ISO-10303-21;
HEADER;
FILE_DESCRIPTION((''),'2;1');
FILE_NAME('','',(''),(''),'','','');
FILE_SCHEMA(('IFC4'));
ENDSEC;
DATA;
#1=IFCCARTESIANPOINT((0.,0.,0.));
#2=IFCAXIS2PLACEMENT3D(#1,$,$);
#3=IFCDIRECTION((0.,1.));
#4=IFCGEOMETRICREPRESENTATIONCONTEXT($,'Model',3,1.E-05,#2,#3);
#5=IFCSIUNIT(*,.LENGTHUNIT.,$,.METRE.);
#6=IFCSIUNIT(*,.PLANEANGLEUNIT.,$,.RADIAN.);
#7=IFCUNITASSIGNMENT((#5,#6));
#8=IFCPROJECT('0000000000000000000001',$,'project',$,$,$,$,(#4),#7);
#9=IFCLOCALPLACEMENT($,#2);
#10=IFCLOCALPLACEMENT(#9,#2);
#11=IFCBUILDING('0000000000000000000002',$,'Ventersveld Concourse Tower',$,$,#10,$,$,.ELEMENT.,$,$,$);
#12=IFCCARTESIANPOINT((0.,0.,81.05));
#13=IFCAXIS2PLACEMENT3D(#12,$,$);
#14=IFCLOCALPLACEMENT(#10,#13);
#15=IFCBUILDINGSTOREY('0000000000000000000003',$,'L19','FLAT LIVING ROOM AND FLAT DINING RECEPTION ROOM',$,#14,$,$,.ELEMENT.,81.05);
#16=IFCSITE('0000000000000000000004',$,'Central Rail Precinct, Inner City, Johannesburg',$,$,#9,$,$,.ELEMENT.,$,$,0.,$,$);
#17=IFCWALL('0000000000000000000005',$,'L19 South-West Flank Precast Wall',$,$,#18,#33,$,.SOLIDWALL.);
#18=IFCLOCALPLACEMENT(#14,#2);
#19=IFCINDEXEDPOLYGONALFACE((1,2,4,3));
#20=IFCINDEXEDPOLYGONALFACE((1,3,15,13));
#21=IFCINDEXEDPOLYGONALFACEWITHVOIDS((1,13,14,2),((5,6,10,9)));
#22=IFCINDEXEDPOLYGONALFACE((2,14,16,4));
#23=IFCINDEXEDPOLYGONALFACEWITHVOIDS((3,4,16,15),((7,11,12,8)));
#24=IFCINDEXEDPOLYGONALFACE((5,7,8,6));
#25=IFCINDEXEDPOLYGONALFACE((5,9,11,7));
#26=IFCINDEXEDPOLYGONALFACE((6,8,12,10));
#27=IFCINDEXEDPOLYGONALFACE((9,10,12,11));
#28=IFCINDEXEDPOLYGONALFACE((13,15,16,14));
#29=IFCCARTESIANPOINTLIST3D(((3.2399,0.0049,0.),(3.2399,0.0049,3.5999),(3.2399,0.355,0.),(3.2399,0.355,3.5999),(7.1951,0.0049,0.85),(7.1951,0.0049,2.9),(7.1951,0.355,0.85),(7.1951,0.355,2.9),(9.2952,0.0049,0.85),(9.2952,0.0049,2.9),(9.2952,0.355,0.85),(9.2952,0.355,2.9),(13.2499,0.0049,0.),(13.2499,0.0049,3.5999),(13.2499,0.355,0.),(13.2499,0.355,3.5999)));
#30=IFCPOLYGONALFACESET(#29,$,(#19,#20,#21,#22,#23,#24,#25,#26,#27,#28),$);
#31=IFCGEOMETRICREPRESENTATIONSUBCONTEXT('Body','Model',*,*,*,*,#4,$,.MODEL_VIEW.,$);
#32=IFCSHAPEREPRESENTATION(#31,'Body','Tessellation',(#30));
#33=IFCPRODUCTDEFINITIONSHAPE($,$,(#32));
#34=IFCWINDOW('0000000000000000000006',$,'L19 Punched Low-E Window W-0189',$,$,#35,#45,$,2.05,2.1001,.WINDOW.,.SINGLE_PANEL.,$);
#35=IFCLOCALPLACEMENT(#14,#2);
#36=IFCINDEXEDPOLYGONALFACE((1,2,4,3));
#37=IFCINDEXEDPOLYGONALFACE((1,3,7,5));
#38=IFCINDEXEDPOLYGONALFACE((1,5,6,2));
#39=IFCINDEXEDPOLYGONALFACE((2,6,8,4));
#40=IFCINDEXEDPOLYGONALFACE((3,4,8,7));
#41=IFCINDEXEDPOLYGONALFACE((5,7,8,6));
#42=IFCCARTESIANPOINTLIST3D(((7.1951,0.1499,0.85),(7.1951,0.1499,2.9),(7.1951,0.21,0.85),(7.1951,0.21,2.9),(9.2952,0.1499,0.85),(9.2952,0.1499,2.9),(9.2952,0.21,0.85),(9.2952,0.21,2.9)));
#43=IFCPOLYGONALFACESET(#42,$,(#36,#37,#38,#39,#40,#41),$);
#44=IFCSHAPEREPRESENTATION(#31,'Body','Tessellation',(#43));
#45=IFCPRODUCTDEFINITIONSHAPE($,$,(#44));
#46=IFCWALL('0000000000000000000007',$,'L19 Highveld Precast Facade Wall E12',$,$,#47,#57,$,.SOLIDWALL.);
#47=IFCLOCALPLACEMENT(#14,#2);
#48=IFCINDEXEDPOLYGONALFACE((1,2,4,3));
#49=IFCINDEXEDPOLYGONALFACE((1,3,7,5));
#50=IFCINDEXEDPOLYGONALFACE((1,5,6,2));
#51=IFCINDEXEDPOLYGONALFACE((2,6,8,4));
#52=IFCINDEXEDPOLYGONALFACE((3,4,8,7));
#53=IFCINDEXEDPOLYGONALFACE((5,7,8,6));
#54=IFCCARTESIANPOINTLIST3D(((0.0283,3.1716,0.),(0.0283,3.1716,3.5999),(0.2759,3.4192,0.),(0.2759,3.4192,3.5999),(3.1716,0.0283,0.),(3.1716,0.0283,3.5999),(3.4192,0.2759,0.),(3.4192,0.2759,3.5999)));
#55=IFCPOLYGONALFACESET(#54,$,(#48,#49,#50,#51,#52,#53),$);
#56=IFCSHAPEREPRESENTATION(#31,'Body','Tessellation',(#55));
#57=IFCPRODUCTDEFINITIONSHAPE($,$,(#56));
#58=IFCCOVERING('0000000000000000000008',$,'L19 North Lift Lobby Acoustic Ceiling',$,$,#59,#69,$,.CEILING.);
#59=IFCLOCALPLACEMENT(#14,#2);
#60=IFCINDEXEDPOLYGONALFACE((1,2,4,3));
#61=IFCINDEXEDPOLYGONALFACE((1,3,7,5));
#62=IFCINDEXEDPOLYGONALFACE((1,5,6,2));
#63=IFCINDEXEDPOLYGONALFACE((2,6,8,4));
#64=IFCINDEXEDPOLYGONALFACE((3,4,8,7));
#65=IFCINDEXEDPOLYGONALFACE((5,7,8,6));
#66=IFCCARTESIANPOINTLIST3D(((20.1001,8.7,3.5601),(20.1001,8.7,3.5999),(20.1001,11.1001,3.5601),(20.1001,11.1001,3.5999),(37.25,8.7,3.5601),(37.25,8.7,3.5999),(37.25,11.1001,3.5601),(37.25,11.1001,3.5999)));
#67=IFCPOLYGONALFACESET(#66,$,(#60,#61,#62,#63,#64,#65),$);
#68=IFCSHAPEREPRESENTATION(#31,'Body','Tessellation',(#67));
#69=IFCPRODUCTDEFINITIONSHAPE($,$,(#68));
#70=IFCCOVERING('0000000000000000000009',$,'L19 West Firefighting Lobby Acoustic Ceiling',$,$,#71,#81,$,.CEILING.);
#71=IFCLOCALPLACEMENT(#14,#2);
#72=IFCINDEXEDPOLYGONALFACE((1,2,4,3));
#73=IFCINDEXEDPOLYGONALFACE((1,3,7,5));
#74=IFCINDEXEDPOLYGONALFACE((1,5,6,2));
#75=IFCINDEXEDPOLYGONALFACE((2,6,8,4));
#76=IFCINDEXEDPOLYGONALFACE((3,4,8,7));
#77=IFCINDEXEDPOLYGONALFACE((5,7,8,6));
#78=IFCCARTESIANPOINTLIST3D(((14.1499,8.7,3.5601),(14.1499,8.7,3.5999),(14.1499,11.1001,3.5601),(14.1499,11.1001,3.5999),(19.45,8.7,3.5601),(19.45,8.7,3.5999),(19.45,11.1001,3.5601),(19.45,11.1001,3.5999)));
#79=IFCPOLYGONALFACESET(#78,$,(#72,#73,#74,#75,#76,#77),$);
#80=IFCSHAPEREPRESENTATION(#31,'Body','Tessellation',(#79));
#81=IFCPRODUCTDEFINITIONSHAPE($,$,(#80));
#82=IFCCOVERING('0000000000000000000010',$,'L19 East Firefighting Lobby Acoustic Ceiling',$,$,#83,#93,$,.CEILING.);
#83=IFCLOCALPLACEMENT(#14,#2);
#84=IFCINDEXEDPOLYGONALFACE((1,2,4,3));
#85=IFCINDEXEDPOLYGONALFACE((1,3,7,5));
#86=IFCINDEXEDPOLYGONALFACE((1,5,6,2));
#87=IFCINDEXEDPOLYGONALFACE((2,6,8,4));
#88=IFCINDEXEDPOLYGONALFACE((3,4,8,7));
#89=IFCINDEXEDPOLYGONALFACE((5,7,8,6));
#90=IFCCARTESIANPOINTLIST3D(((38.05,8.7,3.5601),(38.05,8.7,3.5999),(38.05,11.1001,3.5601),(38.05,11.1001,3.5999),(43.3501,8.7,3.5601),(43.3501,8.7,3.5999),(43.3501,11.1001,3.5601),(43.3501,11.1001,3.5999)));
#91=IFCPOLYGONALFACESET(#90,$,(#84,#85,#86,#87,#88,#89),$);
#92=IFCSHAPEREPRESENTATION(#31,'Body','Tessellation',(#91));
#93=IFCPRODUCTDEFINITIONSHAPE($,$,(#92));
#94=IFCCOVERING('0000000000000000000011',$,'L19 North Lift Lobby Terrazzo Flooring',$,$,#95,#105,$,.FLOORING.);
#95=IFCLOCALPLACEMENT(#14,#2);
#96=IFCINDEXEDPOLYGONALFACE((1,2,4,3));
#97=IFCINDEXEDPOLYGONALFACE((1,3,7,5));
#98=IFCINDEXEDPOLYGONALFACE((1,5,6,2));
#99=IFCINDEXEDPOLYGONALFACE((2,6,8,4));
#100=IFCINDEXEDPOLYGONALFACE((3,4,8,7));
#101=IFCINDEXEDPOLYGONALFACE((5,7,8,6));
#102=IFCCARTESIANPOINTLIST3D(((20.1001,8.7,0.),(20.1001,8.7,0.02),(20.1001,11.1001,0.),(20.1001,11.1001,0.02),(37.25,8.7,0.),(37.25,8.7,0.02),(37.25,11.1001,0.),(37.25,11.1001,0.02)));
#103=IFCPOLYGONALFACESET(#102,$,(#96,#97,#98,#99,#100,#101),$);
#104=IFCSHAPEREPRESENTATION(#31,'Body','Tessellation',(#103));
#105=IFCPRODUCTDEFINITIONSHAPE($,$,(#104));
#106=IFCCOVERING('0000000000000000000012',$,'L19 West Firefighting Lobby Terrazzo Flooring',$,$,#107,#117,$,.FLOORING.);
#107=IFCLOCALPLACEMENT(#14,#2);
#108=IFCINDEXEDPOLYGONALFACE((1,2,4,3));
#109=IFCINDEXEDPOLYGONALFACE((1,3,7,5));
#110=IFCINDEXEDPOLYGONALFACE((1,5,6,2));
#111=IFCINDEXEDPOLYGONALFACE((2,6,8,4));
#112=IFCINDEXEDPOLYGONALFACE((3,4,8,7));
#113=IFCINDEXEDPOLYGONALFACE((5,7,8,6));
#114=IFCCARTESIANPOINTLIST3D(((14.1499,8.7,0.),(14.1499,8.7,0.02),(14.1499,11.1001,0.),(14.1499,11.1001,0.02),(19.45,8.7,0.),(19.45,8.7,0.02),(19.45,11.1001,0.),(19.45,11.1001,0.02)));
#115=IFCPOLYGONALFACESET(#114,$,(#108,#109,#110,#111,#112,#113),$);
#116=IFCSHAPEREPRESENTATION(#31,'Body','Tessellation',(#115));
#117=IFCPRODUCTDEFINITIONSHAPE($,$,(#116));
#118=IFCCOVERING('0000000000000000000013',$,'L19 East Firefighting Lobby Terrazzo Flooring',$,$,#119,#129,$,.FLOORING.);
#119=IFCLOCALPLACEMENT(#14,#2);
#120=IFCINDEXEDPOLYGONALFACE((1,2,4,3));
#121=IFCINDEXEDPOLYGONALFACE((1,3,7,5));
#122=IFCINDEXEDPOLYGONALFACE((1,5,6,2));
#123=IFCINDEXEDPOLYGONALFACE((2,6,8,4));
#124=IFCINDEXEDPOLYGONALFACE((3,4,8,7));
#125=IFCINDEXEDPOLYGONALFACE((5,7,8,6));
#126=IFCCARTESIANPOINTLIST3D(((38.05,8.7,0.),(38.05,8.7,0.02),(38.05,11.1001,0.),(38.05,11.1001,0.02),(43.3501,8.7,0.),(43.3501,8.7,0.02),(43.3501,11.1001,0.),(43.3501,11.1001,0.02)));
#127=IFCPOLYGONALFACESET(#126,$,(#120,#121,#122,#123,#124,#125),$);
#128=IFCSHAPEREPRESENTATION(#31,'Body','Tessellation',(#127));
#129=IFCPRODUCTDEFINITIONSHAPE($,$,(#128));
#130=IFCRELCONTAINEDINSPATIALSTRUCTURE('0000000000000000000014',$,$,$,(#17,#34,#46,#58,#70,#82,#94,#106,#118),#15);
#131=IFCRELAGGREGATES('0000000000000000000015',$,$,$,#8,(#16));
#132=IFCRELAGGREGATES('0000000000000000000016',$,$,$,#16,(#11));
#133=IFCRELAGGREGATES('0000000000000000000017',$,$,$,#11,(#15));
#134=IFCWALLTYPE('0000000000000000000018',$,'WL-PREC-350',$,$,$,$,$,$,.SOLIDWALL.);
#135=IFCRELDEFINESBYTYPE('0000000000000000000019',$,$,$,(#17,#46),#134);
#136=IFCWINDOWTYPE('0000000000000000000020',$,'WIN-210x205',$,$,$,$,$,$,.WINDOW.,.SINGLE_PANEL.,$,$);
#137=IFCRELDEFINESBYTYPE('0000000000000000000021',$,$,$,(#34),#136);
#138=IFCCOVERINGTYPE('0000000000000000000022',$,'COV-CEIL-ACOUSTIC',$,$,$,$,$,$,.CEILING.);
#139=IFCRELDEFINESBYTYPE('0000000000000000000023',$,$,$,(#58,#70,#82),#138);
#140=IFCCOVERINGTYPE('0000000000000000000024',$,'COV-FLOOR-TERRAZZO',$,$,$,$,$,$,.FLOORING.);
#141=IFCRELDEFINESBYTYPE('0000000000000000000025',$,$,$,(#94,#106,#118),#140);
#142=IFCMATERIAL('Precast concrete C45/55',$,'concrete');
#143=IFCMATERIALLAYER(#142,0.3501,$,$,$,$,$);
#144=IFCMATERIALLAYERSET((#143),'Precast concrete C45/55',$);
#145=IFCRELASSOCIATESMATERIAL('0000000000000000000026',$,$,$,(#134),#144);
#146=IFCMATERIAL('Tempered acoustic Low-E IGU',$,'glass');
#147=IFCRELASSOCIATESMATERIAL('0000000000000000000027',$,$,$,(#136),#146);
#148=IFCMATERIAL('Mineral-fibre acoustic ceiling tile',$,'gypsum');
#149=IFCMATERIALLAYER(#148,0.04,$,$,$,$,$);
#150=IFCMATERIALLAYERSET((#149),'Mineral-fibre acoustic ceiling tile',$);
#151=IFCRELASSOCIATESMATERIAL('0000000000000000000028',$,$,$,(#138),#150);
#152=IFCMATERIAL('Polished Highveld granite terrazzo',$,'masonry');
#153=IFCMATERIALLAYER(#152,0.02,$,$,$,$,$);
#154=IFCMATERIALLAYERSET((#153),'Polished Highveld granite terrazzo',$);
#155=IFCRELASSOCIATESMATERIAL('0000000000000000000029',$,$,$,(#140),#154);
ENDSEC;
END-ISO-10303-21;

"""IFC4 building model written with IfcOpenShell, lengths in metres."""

from ifc_helpers import new_model, si_unit, direction, frame, frame_2d, origin, place, context, subcontext, project, spatial, polyline, rectangle, outline, extrude, material, layer, layer_set, type_object, element, fill, save


model = new_model("IFC4")

# Units and contexts
model_context = context("Model", 3, precision=1e-05, world=origin(), true_north=direction((0.0, 1.0)))
body_context = subcontext(model_context, "Body", "Model", "MODEL_VIEW")
ifc_project = project(units=[si_unit("LENGTHUNIT", "METRE"), si_unit("PLANEANGLEUNIT", "RADIAN")], contexts=[model_context])

# Site, building, storey
site_placement = place(None, origin())
site = spatial("IfcSite", under=ifc_project, at=site_placement, Name="Central Rail Precinct, Inner City, Johannesburg", CompositionType="ELEMENT", RefElevation=0.0)
building_placement = place(site_placement, origin())
building = spatial("IfcBuilding", under=site, at=building_placement, Name="Ventersveld Concourse Tower", CompositionType="ELEMENT")
storey_placement = place(building_placement, frame((0.0, 0.0, 81.05)))
storey = spatial("IfcBuildingStorey", under=building, at=storey_placement, Name="L19", Description="FLAT LIVING ROOM AND FLAT DINING RECEPTION ROOM", CompositionType="ELEMENT", Elevation=81.05)

# Wall, opening, window
ifc_material_1 = material(Name="Precast concrete C45/55", Category="concrete")
ifc_layer_1 = layer(ifc_material_1, 0.3501)
ifc_layer_set_1 = layer_set([ifc_layer_1], Name="Precast concrete C45/55")
wall_type_1 = type_object("IfcWallType", Name="WL-PREC-350", PredefinedType="SOLIDWALL", material=ifc_layer_set_1)
wall_1_placement = place(storey_placement, frame((3.24, 0.1799, 0.0), z_axis=(0.0, 0.0, 1.0), x_axis=(1.0, 0.0, 0.0)))
wall_1 = element("IfcWall", 1, at=wall_1_placement, inside=storey, type_object=wall_type_1, Name="L19 South-West Flank Precast Wall", PredefinedType="SOLIDWALL", context=body_context, shape_type="SweptSolid", body=[
    extrude(rectangle(XDim=10.01, YDim=0.3501, at=frame_2d((5.0049, 0.0))), origin(), (0.0, 0.0, 1.0), 3.5999),
])
opening_placement = place(wall_1_placement, frame((3.9551, 0.0, 0.8501)))
opening = element("IfcOpeningElement", 2, at=opening_placement, cuts=wall_1, PredefinedType="OPENING", context=body_context, shape_type="SweptSolid", body=[
    extrude(rectangle(XDim=2.1001, YDim=2.05, at=frame_2d((1.05, 1.0249))), frame((0.0, 0.1851, 0.0), z_axis=(0.0, -1.0, 0.0), x_axis=(1.0, 0.0, 0.0)), (0.0, 0.0, 1.0), 0.3701),
])
ifc_material_2 = material(Name="Tempered acoustic Low-E IGU", Category="glass")
window_type = type_object("IfcWindowType", Name="WIN-210x205", PartitioningType="SINGLE_PANEL", PredefinedType="WINDOW", material=ifc_material_2)
window_placement = place(opening_placement, origin())
window = element("IfcWindow", 3, at=window_placement, inside=storey, type_object=window_type, Name="L19 Punched Low-E Window W-0189", OverallHeight=2.05, OverallWidth=2.1001, PartitioningType="SINGLE_PANEL", PredefinedType="WINDOW", context=body_context, shape_type="SweptSolid", body=[
    extrude(rectangle(XDim=2.1001, YDim=2.05, at=frame_2d((1.05, 1.0249))), frame((0.0, 0.03, 0.0), z_axis=(0.0, -1.0, 0.0), x_axis=(1.0, 0.0, 0.0)), (0.0, 0.0, 1.0), 0.0601),
])
fill(opening, window)

# Wall
wall_2_placement = place(storey_placement, frame((0.1521, 3.2954, 0.0), z_axis=(0.0, 0.0, 1.0), x_axis=(0.707107, -0.707107, 0.0)))
element("IfcWall", 4, at=wall_2_placement, inside=storey, type_object=wall_type_1, Name="L19 Highveld Precast Facade Wall E12", PredefinedType="SOLIDWALL", context=body_context, shape_type="SweptSolid", body=[
    extrude(rectangle(XDim=4.4453, YDim=0.3501, at=frame_2d((2.2227, 0.0))), origin(), (0.0, 0.0, 1.0), 3.5999),
])

# Coverings
ifc_material_3 = material(Name="Mineral-fibre acoustic ceiling tile", Category="gypsum")
ifc_layer_2 = layer(ifc_material_3, 0.04)
ifc_layer_set_2 = layer_set([ifc_layer_2], Name="Mineral-fibre acoustic ceiling tile")
covering_type_1 = type_object("IfcCoveringType", Name="COV-CEIL-ACOUSTIC", PredefinedType="CEILING", material=ifc_layer_set_2)
covering_1_placement = place(storey_placement, frame((0.0, 0.0, 3.5601)))
element("IfcCovering", 5, at=covering_1_placement, inside=storey, type_object=covering_type_1, Name="L19 North Lift Lobby Acoustic Ceiling", PredefinedType="CEILING", context=body_context, shape_type="SweptSolid", body=[
    extrude(outline(polyline([(20.1001, 8.7), (37.25, 8.7), (37.25, 11.1001), (20.1001, 11.1001), (20.1001, 8.7)])), origin(), (0.0, 0.0, 1.0), 0.0398),
])
covering_2_placement = place(storey_placement, frame((0.0, 0.0, 3.5601)))
element("IfcCovering", 6, at=covering_2_placement, inside=storey, type_object=covering_type_1, Name="L19 West Firefighting Lobby Acoustic Ceiling", PredefinedType="CEILING", context=body_context, shape_type="SweptSolid", body=[
    extrude(outline(polyline([(14.1499, 8.7), (19.45, 8.7), (19.45, 11.1001), (14.1499, 11.1001), (14.1499, 8.7)])), origin(), (0.0, 0.0, 1.0), 0.0398),
])
covering_3_placement = place(storey_placement, frame((0.0, 0.0, 3.5601)))
element("IfcCovering", 7, at=covering_3_placement, inside=storey, type_object=covering_type_1, Name="L19 East Firefighting Lobby Acoustic Ceiling", PredefinedType="CEILING", context=body_context, shape_type="SweptSolid", body=[
    extrude(outline(polyline([(38.05, 8.7), (43.3501, 8.7), (43.3501, 11.1001), (38.05, 11.1001), (38.05, 8.7)])), origin(), (0.0, 0.0, 1.0), 0.0398),
])
ifc_material_4 = material(Name="Polished Highveld granite terrazzo", Category="masonry")
ifc_layer_3 = layer(ifc_material_4, 0.02)
ifc_layer_set_3 = layer_set([ifc_layer_3], Name="Polished Highveld granite terrazzo")
covering_type_2 = type_object("IfcCoveringType", Name="COV-FLOOR-TERRAZZO", PredefinedType="FLOORING", material=ifc_layer_set_3)
covering_4_placement = place(storey_placement, origin())
element("IfcCovering", 8, at=covering_4_placement, inside=storey, type_object=covering_type_2, Name="L19 North Lift Lobby Terrazzo Flooring", PredefinedType="FLOORING", context=body_context, shape_type="SweptSolid", body=[
    extrude(outline(polyline([(20.1001, 8.7), (37.25, 8.7), (37.25, 11.1001), (20.1001, 11.1001), (20.1001, 8.7)])), origin(), (0.0, 0.0, 1.0), 0.02),
])
covering_5_placement = place(storey_placement, origin())
element("IfcCovering", 9, at=covering_5_placement, inside=storey, type_object=covering_type_2, Name="L19 West Firefighting Lobby Terrazzo Flooring", PredefinedType="FLOORING", context=body_context, shape_type="SweptSolid", body=[
    extrude(outline(polyline([(14.1499, 8.7), (19.45, 8.7), (19.45, 11.1001), (14.1499, 11.1001), (14.1499, 8.7)])), origin(), (0.0, 0.0, 1.0), 0.02),
])
covering_6_placement = place(storey_placement, origin())
element("IfcCovering", 10, at=covering_6_placement, inside=storey, type_object=covering_type_2, Name="L19 East Firefighting Lobby Terrazzo Flooring", PredefinedType="FLOORING", context=body_context, shape_type="SweptSolid", body=[
    extrude(outline(polyline([(38.05, 8.7), (43.3501, 8.7), (43.3501, 11.1001), (38.05, 11.1001), (38.05, 8.7)])), origin(), (0.0, 0.0, 1.0), 0.02),
])

save(model, "model.ifc")
